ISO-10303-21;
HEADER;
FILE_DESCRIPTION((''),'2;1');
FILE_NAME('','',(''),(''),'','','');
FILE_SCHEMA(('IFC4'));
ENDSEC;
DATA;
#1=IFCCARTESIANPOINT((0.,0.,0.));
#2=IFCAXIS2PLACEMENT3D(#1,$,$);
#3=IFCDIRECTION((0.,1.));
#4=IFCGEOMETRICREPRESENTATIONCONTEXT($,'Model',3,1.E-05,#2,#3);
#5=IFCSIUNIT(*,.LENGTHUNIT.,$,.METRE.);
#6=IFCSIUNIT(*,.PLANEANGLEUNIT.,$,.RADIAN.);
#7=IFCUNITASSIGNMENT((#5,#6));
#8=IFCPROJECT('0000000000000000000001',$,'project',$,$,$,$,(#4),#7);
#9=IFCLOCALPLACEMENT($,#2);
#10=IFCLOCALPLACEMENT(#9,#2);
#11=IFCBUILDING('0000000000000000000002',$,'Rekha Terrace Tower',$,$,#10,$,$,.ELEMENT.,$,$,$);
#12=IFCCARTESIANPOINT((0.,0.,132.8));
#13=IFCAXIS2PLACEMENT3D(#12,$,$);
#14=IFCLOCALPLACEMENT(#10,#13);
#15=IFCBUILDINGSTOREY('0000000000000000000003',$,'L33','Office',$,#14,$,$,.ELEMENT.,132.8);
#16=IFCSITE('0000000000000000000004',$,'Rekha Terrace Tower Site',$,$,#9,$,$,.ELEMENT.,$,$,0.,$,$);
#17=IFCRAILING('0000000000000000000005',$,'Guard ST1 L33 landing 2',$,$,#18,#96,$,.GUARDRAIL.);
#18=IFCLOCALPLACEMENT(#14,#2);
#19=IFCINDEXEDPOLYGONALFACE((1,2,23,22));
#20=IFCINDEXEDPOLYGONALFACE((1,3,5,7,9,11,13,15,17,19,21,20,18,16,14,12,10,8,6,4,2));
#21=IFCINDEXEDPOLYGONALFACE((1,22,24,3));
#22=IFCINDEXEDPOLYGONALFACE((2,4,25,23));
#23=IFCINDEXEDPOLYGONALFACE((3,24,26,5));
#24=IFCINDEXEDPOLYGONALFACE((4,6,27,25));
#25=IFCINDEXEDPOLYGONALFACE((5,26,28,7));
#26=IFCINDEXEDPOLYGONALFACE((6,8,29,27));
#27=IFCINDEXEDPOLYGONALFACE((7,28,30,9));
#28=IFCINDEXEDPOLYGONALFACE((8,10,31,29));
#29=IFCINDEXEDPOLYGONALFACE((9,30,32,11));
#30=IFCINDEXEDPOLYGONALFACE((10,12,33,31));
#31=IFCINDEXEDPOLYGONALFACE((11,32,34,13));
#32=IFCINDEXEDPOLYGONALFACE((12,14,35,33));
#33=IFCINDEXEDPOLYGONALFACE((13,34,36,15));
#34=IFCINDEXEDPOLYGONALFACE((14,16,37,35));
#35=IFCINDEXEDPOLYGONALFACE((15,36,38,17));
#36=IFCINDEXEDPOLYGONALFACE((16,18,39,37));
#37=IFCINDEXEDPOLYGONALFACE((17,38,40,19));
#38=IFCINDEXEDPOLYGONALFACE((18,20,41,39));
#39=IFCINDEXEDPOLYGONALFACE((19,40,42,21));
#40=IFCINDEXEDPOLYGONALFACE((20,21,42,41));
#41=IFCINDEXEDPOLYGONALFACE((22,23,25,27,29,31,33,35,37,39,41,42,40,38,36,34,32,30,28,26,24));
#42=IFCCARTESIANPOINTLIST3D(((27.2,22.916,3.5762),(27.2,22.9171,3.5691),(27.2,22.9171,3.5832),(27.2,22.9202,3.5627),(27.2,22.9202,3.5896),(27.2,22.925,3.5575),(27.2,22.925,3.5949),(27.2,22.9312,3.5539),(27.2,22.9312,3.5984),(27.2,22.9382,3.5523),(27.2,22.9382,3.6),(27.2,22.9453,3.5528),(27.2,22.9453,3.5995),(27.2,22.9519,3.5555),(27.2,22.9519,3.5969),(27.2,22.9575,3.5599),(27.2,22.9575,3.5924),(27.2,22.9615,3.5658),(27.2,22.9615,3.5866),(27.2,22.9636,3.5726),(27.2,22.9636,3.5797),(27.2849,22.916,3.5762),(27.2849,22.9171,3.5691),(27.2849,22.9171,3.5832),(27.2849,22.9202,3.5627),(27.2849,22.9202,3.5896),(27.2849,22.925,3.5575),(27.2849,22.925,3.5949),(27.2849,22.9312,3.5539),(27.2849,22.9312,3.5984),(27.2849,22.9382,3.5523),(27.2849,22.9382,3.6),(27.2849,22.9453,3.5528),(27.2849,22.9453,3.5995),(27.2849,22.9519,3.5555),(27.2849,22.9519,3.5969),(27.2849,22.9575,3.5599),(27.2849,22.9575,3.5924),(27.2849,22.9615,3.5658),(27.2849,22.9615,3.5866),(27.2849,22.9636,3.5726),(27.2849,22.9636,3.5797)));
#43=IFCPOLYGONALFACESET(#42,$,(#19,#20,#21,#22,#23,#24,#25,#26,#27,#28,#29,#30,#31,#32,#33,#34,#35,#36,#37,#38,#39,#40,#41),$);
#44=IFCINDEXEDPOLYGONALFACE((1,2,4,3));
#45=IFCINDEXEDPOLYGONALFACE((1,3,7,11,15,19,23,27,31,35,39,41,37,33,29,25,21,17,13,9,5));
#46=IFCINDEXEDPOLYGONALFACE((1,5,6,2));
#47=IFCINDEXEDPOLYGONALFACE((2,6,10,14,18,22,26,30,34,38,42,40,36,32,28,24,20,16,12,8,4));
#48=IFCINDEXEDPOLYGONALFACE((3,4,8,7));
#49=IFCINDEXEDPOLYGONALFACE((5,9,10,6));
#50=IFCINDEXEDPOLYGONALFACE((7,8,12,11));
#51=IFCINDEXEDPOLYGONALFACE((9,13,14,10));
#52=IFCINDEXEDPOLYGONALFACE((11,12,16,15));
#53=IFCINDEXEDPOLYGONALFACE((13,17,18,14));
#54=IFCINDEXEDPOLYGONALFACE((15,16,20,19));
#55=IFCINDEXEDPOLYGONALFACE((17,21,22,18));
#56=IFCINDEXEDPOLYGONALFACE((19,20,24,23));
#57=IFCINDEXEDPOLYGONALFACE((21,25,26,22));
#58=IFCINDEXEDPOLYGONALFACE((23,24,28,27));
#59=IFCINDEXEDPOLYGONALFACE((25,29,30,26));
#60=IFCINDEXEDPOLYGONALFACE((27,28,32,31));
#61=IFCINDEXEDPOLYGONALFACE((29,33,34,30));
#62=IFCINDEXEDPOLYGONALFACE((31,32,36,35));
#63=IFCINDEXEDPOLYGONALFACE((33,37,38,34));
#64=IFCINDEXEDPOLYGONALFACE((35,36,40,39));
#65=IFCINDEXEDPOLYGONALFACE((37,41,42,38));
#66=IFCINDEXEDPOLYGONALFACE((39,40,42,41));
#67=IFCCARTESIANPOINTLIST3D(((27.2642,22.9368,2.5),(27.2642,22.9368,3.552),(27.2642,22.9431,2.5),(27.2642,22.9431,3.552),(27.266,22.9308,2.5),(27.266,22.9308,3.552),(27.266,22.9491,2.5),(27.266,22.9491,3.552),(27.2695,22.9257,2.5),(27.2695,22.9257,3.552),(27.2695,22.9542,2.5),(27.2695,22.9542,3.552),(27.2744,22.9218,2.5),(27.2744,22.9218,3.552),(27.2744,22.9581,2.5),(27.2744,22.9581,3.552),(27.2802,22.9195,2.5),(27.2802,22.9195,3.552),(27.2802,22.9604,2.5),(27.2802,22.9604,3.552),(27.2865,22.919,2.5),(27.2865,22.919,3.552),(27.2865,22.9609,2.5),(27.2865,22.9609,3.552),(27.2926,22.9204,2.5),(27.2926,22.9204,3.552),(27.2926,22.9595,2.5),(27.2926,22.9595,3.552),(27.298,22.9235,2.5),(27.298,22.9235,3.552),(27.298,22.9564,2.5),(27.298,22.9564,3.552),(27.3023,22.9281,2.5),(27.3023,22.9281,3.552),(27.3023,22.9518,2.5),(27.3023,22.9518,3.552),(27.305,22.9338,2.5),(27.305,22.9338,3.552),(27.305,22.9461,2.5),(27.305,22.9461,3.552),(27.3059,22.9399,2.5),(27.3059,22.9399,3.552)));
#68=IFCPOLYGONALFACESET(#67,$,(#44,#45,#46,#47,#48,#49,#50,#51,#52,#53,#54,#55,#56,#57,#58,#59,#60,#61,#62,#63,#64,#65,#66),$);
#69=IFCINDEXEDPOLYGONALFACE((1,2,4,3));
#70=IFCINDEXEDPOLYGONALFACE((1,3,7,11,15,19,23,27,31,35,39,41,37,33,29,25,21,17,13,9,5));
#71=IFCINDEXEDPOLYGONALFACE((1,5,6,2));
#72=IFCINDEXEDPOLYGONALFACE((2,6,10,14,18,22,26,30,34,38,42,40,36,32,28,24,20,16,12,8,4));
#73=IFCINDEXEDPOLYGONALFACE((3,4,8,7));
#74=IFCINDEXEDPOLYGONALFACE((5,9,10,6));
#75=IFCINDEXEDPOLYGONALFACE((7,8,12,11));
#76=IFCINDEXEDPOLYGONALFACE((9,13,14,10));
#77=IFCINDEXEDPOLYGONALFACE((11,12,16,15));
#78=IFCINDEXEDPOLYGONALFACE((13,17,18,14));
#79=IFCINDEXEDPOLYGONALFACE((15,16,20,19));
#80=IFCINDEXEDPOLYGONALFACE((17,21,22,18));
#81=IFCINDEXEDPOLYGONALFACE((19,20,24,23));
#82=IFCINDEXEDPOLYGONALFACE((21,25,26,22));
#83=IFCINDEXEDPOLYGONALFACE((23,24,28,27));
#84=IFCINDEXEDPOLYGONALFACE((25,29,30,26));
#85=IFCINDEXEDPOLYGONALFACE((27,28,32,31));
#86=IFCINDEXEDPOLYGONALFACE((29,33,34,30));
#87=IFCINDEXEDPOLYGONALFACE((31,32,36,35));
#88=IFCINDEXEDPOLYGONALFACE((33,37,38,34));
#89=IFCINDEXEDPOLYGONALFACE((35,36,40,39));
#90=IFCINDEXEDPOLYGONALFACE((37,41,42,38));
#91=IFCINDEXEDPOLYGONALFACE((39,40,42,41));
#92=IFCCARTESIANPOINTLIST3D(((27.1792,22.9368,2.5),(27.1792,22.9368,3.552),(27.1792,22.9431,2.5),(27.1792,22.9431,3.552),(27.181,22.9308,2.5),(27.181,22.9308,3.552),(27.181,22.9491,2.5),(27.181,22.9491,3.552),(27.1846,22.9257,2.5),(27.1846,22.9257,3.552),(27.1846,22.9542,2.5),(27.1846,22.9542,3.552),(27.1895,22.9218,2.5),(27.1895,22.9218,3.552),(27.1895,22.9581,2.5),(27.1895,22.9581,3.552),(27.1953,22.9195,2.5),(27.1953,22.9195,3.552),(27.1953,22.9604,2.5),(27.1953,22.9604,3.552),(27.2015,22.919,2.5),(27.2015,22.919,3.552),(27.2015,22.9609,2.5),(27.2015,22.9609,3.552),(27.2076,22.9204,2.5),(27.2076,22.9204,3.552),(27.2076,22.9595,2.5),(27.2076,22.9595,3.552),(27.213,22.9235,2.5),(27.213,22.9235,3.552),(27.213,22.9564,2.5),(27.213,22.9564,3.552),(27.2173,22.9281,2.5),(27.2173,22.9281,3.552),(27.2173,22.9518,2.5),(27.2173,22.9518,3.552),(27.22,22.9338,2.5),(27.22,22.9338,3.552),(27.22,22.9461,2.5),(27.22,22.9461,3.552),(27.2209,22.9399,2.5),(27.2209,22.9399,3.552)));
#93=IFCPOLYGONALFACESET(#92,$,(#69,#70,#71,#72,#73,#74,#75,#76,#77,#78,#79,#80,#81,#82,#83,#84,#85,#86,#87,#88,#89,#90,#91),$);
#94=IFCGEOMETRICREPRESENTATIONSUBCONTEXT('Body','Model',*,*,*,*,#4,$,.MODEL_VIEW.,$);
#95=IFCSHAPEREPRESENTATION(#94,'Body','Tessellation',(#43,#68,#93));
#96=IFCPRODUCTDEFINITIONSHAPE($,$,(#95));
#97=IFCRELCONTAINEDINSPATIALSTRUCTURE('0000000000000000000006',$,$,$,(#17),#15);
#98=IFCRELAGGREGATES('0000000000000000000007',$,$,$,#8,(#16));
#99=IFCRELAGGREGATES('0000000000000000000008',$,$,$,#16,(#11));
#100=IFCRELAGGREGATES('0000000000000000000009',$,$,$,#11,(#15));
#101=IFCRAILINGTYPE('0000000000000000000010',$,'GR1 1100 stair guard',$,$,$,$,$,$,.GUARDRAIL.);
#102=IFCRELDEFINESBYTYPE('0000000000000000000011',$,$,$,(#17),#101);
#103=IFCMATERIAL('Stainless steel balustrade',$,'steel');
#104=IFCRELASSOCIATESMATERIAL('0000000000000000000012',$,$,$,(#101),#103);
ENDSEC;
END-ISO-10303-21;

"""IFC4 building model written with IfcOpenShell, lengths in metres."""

from ifc_helpers import new_model, si_unit, direction, frame, origin, origin_2d, place, context, subcontext, project, spatial, circle, extrude, material, type_object, element, save


model = new_model("IFC4")

# Units and contexts
model_context = context("Model", 3, precision=1e-05, world=origin(), true_north=direction((0.0, 1.0)))
body_context = subcontext(model_context, "Body", "Model", "MODEL_VIEW")
ifc_project = project(units=[si_unit("LENGTHUNIT", "METRE"), si_unit("PLANEANGLEUNIT", "RADIAN")], contexts=[model_context])

# Site, building, storey
site_placement = place(None, origin())
site = spatial("IfcSite", under=ifc_project, at=site_placement, Name="Rekha Terrace Tower Site", CompositionType="ELEMENT", RefElevation=0.0)
building_placement = place(site_placement, origin())
building = spatial("IfcBuilding", under=site, at=building_placement, Name="Rekha Terrace Tower", CompositionType="ELEMENT")
storey_placement = place(building_placement, frame((0.0, 0.0, 132.8)))
storey = spatial("IfcBuildingStorey", under=building, at=storey_placement, Name="L33", Description="Office", CompositionType="ELEMENT", Elevation=132.8)

# Railing
ifc_material_1 = material(Name="Stainless steel balustrade", Category="steel")
railing_type_1 = type_object("IfcRailingType", Name="GR1 1100 stair guard", PredefinedType="GUARDRAIL", material=ifc_material_1)
railing_1_placement = place(storey_placement, frame((27.2849, 22.9399, 2.5)))
element("IfcRailing", 1, at=railing_1_placement, inside=storey, type_object=railing_type_1, Name="Guard ST1 L33 landing 2", PredefinedType="GUARDRAIL", context=body_context, shape_type="SweptSolid", body=[
    extrude(circle(Radius=0.0239, at=origin_2d()), frame((0.0, 0.0, 1.0762), z_axis=(-1.0, 0.0, 0.0), x_axis=(0.0, -1.0, 0.0)), (0.0, 0.0, 1.0), 0.085),
    extrude(circle(Radius=0.021, at=origin_2d()), origin(), (0.0, 0.0, 1.0), 1.052),
    extrude(circle(Radius=0.021, at=origin_2d()), frame((-0.085, 0.0, 0.0)), (0.0, 0.0, 1.0), 1.052),
])

save(model, "model.ifc")
